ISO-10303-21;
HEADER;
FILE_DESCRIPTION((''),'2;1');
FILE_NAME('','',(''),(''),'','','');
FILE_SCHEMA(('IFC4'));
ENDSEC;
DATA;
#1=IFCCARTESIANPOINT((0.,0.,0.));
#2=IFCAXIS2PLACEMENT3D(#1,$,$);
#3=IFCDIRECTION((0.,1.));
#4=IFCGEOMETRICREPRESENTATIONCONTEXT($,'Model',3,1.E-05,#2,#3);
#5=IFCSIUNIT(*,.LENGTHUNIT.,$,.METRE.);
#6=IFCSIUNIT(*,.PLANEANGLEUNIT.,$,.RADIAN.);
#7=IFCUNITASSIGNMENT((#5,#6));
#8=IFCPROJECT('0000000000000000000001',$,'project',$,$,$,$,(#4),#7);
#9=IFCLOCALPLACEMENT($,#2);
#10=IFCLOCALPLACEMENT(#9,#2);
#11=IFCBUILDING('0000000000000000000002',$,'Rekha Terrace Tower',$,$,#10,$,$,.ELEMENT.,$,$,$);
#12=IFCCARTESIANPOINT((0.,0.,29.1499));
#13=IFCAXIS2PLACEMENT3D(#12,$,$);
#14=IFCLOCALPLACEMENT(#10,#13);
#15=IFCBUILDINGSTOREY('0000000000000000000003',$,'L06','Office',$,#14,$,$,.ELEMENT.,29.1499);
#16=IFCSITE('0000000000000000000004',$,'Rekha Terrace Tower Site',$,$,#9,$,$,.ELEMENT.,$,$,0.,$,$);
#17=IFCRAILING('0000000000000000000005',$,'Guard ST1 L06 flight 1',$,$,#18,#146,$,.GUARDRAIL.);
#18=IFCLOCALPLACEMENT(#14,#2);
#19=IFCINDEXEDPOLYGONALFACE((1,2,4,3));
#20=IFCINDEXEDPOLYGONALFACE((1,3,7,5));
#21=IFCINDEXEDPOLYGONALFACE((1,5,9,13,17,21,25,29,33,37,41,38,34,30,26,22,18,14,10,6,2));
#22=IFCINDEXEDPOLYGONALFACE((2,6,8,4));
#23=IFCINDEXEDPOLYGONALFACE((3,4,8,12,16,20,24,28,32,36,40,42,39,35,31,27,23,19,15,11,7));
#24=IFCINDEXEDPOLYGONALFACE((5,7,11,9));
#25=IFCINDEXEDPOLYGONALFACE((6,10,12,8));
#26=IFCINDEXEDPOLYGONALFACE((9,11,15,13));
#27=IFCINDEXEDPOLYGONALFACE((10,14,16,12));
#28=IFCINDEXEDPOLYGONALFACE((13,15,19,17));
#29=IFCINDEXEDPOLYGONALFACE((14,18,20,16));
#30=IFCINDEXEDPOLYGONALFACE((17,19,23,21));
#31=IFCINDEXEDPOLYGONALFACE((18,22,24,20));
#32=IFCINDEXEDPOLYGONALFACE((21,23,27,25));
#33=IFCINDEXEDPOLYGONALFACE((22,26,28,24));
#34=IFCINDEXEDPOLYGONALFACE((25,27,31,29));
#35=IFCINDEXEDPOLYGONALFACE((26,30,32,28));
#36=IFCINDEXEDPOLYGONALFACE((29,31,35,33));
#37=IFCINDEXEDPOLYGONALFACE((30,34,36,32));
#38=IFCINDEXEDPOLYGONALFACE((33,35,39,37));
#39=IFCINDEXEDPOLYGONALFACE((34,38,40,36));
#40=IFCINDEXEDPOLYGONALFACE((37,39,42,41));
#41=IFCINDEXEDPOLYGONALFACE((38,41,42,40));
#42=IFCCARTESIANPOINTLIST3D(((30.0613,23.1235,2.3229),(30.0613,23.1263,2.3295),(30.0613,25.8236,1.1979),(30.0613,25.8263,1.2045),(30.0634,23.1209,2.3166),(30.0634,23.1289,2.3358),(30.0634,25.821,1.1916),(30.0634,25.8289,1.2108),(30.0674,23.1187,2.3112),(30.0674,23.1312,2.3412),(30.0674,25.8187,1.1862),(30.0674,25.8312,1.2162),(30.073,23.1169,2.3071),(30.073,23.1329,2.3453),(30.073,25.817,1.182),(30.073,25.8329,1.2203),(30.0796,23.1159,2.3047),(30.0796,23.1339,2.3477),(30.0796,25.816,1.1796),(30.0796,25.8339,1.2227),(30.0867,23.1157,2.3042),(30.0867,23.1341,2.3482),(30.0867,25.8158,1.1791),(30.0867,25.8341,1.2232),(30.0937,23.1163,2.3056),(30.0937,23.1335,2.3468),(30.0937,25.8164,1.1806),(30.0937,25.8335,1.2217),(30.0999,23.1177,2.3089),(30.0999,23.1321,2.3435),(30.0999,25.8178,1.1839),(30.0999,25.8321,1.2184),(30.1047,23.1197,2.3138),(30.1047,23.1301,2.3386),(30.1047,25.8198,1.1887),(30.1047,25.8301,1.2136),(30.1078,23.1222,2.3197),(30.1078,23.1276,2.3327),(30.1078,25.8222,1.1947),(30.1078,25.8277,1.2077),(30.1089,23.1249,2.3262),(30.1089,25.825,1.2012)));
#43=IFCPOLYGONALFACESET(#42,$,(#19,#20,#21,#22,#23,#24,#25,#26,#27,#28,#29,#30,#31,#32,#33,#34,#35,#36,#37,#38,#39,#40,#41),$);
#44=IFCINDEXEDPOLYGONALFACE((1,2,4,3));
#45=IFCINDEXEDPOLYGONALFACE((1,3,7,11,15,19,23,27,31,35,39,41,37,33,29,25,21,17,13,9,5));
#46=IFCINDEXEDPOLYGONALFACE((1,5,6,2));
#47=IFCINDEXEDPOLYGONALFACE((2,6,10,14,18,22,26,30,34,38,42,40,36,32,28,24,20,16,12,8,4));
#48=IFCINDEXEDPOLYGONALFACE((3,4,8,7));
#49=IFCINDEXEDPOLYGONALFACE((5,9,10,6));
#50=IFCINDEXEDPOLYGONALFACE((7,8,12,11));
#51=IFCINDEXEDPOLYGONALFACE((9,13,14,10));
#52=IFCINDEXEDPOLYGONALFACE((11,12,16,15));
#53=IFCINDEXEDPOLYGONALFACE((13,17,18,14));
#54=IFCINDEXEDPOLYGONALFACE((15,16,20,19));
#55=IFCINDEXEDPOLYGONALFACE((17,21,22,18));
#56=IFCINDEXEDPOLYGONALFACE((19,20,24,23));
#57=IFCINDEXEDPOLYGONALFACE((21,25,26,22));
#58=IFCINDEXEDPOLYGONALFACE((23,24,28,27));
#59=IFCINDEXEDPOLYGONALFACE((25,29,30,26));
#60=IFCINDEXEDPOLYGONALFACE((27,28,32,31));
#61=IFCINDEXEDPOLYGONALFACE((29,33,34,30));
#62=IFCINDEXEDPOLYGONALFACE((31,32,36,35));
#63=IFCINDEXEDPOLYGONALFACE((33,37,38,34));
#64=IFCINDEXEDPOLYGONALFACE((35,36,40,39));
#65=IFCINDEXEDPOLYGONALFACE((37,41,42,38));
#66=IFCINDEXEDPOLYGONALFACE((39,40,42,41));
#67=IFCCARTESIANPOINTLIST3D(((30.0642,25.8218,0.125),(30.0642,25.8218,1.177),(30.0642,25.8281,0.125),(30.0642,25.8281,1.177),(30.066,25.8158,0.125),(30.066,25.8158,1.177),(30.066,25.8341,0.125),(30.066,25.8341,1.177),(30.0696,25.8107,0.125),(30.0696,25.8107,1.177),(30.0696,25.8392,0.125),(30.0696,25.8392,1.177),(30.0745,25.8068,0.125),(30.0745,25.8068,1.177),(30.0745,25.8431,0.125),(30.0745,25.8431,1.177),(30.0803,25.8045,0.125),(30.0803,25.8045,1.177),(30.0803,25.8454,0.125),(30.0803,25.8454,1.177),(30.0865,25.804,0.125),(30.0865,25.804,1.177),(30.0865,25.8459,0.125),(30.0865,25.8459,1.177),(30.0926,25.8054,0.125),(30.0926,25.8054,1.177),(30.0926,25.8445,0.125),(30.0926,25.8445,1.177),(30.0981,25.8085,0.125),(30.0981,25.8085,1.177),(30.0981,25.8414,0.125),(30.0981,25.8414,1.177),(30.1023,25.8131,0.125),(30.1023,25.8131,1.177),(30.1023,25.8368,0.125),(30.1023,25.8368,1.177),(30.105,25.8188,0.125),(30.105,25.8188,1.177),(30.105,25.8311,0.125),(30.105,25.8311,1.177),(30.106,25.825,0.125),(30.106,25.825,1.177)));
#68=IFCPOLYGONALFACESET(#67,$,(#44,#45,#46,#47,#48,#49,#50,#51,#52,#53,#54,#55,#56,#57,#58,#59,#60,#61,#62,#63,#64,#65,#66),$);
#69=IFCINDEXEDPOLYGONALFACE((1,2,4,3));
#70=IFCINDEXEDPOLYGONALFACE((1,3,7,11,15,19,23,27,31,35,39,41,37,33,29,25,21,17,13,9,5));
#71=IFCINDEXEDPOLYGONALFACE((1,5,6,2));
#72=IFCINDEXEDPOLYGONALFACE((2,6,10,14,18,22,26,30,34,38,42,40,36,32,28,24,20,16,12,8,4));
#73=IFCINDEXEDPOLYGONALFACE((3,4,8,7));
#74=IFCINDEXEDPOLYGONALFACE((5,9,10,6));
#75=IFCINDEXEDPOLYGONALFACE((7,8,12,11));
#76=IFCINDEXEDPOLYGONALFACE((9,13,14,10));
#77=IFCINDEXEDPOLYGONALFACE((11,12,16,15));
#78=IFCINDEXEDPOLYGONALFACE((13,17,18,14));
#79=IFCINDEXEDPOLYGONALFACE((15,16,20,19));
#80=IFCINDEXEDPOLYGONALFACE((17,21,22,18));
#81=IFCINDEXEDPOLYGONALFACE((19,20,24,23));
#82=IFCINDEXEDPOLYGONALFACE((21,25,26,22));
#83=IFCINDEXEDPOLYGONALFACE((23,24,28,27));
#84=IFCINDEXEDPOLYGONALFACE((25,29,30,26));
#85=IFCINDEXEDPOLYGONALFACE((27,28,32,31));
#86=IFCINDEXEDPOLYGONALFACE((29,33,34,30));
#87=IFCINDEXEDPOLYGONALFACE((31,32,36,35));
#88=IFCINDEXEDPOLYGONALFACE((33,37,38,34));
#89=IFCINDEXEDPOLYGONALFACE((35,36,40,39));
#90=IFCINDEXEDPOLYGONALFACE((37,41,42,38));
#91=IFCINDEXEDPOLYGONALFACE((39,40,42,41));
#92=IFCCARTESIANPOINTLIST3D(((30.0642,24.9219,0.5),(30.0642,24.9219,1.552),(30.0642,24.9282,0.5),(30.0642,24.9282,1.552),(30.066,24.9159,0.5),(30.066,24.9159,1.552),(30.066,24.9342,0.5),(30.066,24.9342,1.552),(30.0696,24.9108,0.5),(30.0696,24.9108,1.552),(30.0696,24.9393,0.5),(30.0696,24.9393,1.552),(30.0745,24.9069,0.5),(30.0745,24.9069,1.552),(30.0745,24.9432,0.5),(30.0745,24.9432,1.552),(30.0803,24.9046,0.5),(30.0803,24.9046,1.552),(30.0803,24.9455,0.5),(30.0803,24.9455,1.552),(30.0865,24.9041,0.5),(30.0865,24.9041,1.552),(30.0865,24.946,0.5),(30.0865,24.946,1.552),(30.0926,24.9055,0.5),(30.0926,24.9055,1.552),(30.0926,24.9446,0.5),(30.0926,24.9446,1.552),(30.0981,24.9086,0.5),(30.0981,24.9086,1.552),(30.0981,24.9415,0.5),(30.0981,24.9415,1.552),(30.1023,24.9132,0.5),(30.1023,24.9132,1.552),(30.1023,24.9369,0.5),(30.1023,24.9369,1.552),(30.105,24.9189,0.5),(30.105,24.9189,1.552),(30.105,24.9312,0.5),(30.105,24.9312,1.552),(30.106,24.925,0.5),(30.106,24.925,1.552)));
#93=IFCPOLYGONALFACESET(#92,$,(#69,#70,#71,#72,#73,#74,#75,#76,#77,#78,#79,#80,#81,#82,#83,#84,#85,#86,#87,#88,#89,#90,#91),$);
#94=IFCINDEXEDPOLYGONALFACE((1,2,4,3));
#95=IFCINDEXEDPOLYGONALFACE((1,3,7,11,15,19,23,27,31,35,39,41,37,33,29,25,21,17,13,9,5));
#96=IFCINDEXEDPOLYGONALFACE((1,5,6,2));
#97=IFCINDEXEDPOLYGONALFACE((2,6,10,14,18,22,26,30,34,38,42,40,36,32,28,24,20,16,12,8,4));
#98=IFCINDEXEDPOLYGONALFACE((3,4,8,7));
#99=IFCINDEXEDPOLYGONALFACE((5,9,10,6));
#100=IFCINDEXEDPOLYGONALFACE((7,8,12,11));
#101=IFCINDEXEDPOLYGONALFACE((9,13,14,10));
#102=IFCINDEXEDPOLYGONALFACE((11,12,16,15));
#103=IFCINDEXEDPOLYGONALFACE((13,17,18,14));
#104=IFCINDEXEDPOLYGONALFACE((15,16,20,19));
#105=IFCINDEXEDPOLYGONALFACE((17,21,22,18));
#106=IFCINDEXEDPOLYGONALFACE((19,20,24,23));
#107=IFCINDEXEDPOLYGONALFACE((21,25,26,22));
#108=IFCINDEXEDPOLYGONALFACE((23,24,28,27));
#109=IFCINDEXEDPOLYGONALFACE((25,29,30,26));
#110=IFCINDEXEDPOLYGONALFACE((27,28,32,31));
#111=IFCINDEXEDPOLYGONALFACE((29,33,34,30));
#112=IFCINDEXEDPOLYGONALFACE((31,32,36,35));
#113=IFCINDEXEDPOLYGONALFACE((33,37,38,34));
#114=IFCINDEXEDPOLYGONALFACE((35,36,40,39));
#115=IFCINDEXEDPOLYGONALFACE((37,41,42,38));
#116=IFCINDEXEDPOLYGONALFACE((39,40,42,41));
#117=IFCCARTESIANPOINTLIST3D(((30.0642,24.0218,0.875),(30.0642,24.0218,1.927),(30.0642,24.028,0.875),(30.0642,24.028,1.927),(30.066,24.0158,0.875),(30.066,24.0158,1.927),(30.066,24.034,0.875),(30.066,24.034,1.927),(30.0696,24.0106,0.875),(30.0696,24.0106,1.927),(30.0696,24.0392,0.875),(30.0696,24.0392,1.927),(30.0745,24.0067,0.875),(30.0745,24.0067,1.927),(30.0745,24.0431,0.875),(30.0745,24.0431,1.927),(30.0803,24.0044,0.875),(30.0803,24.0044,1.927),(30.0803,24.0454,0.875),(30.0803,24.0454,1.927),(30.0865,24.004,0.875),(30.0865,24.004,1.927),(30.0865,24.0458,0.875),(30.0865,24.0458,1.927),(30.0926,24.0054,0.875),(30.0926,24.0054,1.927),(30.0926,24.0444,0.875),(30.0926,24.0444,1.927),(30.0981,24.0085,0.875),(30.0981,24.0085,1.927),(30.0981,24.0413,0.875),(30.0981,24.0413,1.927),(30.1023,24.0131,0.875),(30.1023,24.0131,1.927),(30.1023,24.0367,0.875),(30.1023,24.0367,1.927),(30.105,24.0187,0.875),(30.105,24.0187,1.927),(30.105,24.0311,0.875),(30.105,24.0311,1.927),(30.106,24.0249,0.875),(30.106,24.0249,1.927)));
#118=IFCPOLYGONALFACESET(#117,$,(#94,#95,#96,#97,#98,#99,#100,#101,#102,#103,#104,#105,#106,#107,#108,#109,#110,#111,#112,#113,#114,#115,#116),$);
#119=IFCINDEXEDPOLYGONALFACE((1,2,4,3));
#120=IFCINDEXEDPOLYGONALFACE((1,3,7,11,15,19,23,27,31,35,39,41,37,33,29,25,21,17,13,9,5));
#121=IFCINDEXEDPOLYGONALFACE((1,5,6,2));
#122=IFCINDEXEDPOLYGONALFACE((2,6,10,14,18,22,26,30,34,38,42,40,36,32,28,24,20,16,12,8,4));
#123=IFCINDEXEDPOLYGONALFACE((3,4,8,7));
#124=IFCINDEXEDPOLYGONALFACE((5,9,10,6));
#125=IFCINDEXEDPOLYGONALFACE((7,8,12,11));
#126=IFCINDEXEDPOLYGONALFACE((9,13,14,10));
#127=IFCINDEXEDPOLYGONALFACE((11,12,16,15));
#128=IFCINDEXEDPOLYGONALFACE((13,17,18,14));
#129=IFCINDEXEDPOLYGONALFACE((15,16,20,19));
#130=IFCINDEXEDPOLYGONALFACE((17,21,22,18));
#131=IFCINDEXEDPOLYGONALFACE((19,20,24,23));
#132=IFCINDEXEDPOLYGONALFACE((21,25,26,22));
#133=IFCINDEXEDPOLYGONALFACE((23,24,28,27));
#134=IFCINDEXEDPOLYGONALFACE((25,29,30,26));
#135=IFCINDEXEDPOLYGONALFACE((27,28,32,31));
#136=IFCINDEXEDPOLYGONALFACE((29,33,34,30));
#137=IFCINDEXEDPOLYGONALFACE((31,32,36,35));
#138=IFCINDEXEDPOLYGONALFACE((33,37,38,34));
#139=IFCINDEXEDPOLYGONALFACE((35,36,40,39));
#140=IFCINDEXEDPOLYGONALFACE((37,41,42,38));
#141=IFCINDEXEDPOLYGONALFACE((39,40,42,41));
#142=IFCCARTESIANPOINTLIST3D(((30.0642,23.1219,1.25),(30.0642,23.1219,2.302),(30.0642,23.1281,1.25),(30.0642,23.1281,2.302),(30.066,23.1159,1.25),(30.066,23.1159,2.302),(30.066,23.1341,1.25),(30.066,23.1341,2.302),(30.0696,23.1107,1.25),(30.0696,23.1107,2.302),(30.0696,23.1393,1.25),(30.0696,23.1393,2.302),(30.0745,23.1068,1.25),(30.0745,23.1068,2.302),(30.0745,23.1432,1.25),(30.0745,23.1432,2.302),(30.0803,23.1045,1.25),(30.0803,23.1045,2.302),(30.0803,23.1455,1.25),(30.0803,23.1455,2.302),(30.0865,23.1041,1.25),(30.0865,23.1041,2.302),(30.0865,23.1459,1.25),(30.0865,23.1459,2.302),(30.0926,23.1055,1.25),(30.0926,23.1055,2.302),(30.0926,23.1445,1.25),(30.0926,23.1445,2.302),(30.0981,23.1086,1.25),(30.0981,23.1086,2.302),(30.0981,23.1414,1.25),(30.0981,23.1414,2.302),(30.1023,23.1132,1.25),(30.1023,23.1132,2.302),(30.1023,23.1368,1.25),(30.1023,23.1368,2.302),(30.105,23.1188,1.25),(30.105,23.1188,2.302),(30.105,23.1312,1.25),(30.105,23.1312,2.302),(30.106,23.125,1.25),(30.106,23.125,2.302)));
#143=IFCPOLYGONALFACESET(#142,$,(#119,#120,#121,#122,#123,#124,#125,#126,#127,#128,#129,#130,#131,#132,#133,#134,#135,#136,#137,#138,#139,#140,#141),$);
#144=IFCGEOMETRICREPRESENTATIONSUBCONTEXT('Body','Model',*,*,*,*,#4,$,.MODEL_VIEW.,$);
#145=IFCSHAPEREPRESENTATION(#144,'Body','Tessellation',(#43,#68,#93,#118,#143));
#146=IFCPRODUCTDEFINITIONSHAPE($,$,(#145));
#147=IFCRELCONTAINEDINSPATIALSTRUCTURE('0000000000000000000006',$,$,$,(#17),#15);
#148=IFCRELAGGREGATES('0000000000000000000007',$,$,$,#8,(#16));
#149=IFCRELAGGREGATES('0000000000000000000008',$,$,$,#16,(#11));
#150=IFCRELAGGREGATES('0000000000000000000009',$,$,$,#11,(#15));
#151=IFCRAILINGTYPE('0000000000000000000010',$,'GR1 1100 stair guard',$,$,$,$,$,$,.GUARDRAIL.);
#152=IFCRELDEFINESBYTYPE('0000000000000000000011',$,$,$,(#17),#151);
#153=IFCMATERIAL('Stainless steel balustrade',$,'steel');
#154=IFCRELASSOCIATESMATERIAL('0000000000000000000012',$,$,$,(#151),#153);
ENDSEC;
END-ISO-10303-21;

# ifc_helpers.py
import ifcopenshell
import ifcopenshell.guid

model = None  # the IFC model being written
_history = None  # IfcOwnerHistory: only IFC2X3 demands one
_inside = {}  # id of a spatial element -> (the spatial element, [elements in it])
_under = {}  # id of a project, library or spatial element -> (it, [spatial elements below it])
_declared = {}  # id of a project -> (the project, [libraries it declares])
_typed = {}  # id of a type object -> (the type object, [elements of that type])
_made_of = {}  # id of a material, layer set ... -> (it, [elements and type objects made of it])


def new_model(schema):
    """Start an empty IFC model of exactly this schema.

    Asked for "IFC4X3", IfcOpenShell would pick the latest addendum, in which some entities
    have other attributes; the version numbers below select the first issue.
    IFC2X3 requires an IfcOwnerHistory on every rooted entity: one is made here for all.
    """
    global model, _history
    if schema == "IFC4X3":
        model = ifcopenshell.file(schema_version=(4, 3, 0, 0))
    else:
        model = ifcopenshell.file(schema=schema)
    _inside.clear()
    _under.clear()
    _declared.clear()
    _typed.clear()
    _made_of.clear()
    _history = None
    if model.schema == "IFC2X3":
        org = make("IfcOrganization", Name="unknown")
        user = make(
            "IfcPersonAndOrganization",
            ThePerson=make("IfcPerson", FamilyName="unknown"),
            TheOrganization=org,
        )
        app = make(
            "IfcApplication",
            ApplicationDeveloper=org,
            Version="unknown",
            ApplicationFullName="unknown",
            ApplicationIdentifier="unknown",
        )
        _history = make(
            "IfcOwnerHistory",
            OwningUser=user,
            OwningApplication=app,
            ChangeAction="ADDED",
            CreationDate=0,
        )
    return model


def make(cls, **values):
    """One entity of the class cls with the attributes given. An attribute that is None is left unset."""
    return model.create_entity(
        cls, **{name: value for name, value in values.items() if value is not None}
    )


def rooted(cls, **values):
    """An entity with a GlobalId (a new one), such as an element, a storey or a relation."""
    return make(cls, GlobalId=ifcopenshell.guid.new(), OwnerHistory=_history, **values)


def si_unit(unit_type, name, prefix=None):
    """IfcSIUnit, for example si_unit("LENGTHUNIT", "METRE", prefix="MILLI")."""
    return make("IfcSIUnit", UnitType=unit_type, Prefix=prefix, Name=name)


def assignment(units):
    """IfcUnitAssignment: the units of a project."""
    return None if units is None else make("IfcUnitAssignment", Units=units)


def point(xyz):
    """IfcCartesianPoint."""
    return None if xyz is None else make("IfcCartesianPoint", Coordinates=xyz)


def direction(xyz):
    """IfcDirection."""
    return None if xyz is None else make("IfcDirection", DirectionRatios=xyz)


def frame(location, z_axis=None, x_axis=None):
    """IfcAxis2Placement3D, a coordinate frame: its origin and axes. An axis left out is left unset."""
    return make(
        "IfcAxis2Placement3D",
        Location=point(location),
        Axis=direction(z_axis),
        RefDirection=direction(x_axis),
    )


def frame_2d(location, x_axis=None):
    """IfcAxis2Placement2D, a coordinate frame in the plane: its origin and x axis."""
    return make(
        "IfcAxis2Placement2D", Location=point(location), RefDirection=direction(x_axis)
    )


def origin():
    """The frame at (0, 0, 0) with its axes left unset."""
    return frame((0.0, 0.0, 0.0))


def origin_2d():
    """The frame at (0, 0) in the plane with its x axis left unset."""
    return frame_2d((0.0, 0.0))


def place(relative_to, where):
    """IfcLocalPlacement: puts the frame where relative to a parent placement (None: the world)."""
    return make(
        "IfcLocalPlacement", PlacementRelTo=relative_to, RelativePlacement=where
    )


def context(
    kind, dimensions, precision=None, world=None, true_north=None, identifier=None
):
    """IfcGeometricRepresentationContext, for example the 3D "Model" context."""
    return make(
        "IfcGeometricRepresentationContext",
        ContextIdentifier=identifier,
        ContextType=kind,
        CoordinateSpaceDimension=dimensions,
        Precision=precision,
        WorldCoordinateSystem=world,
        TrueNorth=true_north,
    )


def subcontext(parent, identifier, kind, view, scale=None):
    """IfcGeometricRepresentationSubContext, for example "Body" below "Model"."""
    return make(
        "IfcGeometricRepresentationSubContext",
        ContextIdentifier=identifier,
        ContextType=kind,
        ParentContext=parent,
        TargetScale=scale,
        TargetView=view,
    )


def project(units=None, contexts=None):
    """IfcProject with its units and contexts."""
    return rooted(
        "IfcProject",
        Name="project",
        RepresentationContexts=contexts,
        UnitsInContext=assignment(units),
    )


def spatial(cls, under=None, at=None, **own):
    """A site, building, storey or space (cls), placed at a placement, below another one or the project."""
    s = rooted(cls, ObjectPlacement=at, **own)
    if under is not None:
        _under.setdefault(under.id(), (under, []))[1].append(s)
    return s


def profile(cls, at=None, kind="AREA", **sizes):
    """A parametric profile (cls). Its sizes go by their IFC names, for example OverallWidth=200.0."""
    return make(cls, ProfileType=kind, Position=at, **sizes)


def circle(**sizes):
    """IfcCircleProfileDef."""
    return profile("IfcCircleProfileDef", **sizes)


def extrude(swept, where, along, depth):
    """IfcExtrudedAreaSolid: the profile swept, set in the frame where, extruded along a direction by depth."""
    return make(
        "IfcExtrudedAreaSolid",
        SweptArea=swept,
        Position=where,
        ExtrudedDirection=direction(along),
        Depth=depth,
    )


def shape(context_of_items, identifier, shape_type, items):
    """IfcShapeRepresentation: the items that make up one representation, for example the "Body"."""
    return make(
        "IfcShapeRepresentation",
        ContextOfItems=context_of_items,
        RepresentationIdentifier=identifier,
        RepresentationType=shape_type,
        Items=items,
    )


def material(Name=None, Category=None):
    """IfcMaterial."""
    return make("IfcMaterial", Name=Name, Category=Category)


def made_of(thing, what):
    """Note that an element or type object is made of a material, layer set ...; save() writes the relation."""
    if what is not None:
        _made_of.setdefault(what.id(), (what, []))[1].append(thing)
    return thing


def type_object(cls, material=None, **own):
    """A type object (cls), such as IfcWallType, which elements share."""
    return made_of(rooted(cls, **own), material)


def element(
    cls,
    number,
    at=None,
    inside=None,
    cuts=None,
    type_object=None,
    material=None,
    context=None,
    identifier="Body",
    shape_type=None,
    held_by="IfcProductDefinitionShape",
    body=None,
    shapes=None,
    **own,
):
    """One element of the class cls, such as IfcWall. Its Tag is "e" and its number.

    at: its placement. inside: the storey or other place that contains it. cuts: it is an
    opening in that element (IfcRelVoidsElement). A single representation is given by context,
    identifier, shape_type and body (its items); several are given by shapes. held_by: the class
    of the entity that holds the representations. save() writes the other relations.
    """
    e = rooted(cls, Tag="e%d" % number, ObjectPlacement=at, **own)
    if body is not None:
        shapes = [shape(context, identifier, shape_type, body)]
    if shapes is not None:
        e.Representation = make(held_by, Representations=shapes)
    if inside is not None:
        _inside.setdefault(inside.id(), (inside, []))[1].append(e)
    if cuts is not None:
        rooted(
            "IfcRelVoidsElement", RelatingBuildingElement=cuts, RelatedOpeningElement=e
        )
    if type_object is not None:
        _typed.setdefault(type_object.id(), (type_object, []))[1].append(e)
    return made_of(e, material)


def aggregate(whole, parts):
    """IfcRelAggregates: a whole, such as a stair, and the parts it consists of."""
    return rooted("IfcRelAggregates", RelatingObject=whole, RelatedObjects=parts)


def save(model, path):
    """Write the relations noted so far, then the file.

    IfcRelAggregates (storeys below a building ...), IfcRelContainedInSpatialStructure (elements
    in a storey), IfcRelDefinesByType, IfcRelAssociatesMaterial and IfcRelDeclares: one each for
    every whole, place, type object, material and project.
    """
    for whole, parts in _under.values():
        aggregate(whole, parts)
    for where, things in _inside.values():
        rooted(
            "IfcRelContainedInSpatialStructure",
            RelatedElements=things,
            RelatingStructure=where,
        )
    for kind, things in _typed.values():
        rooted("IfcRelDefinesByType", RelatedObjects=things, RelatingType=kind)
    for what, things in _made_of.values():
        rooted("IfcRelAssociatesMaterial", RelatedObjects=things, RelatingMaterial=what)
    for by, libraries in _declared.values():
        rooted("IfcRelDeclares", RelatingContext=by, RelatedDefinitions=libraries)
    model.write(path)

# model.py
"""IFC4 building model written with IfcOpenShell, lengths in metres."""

from ifc_helpers import new_model, si_unit, direction, frame, origin, origin_2d, place, context, subcontext, project, spatial, circle, extrude, material, type_object, element, save


model = new_model("IFC4")

# Units and contexts
model_context = context("Model", 3, precision=1e-05, world=origin(), true_north=direction((0.0, 1.0)))
body_context = subcontext(model_context, "Body", "Model", "MODEL_VIEW")
ifc_project = project(units=[si_unit("LENGTHUNIT", "METRE"), si_unit("PLANEANGLEUNIT", "RADIAN")], contexts=[model_context])

# Site, building, storey
site_placement = place(None, origin())
site = spatial("IfcSite", under=ifc_project, at=site_placement, Name="Rekha Terrace Tower Site", CompositionType="ELEMENT", RefElevation=0.0)
building_placement = place(site_placement, origin())
building = spatial("IfcBuilding", under=site, at=building_placement, Name="Rekha Terrace Tower", CompositionType="ELEMENT")
storey_placement = place(building_placement, frame((0.0, 0.0, 29.1499)))
storey = spatial("IfcBuildingStorey", under=building, at=storey_placement, Name="L06", Description="Office", CompositionType="ELEMENT", Elevation=29.1499)

# Railing
ifc_material_1 = material(Name="Stainless steel balustrade", Category="steel")
railing_type_1 = type_object("IfcRailingType", Name="GR1 1100 stair guard", PredefinedType="GUARDRAIL", material=ifc_material_1)
railing_1_placement = place(storey_placement, frame((30.085, 25.825, 0.125)))
element("IfcRailing", 1, at=railing_1_placement, inside=storey, type_object=railing_type_1, Name="Guard ST1 L06 flight 1", PredefinedType="GUARDRAIL", context=body_context, shape_type="SweptSolid", body=[
    extrude(circle(Radius=0.0239, at=origin_2d()), frame((0.0, 0.0, 1.0762), z_axis=(0.0, -0.923074, 0.384621), x_axis=(1.0, 0.0, 0.0)), (0.0, 0.0, 1.0), 2.925),
    extrude(circle(Radius=0.021, at=origin_2d()), origin(), (0.0, 0.0, 1.0), 1.052),
    extrude(circle(Radius=0.021, at=origin_2d()), frame((0.0, -0.8999, 0.375)), (0.0, 0.0, 1.0), 1.052),
    extrude(circle(Radius=0.021, at=origin_2d()), frame((0.0, -1.8, 0.75)), (0.0, 0.0, 1.0), 1.052),
    extrude(circle(Radius=0.021, at=origin_2d()), frame((0.0, -2.7, 1.125)), (0.0, 0.0, 1.0), 1.052),
])

save(model, "model.ifc")
